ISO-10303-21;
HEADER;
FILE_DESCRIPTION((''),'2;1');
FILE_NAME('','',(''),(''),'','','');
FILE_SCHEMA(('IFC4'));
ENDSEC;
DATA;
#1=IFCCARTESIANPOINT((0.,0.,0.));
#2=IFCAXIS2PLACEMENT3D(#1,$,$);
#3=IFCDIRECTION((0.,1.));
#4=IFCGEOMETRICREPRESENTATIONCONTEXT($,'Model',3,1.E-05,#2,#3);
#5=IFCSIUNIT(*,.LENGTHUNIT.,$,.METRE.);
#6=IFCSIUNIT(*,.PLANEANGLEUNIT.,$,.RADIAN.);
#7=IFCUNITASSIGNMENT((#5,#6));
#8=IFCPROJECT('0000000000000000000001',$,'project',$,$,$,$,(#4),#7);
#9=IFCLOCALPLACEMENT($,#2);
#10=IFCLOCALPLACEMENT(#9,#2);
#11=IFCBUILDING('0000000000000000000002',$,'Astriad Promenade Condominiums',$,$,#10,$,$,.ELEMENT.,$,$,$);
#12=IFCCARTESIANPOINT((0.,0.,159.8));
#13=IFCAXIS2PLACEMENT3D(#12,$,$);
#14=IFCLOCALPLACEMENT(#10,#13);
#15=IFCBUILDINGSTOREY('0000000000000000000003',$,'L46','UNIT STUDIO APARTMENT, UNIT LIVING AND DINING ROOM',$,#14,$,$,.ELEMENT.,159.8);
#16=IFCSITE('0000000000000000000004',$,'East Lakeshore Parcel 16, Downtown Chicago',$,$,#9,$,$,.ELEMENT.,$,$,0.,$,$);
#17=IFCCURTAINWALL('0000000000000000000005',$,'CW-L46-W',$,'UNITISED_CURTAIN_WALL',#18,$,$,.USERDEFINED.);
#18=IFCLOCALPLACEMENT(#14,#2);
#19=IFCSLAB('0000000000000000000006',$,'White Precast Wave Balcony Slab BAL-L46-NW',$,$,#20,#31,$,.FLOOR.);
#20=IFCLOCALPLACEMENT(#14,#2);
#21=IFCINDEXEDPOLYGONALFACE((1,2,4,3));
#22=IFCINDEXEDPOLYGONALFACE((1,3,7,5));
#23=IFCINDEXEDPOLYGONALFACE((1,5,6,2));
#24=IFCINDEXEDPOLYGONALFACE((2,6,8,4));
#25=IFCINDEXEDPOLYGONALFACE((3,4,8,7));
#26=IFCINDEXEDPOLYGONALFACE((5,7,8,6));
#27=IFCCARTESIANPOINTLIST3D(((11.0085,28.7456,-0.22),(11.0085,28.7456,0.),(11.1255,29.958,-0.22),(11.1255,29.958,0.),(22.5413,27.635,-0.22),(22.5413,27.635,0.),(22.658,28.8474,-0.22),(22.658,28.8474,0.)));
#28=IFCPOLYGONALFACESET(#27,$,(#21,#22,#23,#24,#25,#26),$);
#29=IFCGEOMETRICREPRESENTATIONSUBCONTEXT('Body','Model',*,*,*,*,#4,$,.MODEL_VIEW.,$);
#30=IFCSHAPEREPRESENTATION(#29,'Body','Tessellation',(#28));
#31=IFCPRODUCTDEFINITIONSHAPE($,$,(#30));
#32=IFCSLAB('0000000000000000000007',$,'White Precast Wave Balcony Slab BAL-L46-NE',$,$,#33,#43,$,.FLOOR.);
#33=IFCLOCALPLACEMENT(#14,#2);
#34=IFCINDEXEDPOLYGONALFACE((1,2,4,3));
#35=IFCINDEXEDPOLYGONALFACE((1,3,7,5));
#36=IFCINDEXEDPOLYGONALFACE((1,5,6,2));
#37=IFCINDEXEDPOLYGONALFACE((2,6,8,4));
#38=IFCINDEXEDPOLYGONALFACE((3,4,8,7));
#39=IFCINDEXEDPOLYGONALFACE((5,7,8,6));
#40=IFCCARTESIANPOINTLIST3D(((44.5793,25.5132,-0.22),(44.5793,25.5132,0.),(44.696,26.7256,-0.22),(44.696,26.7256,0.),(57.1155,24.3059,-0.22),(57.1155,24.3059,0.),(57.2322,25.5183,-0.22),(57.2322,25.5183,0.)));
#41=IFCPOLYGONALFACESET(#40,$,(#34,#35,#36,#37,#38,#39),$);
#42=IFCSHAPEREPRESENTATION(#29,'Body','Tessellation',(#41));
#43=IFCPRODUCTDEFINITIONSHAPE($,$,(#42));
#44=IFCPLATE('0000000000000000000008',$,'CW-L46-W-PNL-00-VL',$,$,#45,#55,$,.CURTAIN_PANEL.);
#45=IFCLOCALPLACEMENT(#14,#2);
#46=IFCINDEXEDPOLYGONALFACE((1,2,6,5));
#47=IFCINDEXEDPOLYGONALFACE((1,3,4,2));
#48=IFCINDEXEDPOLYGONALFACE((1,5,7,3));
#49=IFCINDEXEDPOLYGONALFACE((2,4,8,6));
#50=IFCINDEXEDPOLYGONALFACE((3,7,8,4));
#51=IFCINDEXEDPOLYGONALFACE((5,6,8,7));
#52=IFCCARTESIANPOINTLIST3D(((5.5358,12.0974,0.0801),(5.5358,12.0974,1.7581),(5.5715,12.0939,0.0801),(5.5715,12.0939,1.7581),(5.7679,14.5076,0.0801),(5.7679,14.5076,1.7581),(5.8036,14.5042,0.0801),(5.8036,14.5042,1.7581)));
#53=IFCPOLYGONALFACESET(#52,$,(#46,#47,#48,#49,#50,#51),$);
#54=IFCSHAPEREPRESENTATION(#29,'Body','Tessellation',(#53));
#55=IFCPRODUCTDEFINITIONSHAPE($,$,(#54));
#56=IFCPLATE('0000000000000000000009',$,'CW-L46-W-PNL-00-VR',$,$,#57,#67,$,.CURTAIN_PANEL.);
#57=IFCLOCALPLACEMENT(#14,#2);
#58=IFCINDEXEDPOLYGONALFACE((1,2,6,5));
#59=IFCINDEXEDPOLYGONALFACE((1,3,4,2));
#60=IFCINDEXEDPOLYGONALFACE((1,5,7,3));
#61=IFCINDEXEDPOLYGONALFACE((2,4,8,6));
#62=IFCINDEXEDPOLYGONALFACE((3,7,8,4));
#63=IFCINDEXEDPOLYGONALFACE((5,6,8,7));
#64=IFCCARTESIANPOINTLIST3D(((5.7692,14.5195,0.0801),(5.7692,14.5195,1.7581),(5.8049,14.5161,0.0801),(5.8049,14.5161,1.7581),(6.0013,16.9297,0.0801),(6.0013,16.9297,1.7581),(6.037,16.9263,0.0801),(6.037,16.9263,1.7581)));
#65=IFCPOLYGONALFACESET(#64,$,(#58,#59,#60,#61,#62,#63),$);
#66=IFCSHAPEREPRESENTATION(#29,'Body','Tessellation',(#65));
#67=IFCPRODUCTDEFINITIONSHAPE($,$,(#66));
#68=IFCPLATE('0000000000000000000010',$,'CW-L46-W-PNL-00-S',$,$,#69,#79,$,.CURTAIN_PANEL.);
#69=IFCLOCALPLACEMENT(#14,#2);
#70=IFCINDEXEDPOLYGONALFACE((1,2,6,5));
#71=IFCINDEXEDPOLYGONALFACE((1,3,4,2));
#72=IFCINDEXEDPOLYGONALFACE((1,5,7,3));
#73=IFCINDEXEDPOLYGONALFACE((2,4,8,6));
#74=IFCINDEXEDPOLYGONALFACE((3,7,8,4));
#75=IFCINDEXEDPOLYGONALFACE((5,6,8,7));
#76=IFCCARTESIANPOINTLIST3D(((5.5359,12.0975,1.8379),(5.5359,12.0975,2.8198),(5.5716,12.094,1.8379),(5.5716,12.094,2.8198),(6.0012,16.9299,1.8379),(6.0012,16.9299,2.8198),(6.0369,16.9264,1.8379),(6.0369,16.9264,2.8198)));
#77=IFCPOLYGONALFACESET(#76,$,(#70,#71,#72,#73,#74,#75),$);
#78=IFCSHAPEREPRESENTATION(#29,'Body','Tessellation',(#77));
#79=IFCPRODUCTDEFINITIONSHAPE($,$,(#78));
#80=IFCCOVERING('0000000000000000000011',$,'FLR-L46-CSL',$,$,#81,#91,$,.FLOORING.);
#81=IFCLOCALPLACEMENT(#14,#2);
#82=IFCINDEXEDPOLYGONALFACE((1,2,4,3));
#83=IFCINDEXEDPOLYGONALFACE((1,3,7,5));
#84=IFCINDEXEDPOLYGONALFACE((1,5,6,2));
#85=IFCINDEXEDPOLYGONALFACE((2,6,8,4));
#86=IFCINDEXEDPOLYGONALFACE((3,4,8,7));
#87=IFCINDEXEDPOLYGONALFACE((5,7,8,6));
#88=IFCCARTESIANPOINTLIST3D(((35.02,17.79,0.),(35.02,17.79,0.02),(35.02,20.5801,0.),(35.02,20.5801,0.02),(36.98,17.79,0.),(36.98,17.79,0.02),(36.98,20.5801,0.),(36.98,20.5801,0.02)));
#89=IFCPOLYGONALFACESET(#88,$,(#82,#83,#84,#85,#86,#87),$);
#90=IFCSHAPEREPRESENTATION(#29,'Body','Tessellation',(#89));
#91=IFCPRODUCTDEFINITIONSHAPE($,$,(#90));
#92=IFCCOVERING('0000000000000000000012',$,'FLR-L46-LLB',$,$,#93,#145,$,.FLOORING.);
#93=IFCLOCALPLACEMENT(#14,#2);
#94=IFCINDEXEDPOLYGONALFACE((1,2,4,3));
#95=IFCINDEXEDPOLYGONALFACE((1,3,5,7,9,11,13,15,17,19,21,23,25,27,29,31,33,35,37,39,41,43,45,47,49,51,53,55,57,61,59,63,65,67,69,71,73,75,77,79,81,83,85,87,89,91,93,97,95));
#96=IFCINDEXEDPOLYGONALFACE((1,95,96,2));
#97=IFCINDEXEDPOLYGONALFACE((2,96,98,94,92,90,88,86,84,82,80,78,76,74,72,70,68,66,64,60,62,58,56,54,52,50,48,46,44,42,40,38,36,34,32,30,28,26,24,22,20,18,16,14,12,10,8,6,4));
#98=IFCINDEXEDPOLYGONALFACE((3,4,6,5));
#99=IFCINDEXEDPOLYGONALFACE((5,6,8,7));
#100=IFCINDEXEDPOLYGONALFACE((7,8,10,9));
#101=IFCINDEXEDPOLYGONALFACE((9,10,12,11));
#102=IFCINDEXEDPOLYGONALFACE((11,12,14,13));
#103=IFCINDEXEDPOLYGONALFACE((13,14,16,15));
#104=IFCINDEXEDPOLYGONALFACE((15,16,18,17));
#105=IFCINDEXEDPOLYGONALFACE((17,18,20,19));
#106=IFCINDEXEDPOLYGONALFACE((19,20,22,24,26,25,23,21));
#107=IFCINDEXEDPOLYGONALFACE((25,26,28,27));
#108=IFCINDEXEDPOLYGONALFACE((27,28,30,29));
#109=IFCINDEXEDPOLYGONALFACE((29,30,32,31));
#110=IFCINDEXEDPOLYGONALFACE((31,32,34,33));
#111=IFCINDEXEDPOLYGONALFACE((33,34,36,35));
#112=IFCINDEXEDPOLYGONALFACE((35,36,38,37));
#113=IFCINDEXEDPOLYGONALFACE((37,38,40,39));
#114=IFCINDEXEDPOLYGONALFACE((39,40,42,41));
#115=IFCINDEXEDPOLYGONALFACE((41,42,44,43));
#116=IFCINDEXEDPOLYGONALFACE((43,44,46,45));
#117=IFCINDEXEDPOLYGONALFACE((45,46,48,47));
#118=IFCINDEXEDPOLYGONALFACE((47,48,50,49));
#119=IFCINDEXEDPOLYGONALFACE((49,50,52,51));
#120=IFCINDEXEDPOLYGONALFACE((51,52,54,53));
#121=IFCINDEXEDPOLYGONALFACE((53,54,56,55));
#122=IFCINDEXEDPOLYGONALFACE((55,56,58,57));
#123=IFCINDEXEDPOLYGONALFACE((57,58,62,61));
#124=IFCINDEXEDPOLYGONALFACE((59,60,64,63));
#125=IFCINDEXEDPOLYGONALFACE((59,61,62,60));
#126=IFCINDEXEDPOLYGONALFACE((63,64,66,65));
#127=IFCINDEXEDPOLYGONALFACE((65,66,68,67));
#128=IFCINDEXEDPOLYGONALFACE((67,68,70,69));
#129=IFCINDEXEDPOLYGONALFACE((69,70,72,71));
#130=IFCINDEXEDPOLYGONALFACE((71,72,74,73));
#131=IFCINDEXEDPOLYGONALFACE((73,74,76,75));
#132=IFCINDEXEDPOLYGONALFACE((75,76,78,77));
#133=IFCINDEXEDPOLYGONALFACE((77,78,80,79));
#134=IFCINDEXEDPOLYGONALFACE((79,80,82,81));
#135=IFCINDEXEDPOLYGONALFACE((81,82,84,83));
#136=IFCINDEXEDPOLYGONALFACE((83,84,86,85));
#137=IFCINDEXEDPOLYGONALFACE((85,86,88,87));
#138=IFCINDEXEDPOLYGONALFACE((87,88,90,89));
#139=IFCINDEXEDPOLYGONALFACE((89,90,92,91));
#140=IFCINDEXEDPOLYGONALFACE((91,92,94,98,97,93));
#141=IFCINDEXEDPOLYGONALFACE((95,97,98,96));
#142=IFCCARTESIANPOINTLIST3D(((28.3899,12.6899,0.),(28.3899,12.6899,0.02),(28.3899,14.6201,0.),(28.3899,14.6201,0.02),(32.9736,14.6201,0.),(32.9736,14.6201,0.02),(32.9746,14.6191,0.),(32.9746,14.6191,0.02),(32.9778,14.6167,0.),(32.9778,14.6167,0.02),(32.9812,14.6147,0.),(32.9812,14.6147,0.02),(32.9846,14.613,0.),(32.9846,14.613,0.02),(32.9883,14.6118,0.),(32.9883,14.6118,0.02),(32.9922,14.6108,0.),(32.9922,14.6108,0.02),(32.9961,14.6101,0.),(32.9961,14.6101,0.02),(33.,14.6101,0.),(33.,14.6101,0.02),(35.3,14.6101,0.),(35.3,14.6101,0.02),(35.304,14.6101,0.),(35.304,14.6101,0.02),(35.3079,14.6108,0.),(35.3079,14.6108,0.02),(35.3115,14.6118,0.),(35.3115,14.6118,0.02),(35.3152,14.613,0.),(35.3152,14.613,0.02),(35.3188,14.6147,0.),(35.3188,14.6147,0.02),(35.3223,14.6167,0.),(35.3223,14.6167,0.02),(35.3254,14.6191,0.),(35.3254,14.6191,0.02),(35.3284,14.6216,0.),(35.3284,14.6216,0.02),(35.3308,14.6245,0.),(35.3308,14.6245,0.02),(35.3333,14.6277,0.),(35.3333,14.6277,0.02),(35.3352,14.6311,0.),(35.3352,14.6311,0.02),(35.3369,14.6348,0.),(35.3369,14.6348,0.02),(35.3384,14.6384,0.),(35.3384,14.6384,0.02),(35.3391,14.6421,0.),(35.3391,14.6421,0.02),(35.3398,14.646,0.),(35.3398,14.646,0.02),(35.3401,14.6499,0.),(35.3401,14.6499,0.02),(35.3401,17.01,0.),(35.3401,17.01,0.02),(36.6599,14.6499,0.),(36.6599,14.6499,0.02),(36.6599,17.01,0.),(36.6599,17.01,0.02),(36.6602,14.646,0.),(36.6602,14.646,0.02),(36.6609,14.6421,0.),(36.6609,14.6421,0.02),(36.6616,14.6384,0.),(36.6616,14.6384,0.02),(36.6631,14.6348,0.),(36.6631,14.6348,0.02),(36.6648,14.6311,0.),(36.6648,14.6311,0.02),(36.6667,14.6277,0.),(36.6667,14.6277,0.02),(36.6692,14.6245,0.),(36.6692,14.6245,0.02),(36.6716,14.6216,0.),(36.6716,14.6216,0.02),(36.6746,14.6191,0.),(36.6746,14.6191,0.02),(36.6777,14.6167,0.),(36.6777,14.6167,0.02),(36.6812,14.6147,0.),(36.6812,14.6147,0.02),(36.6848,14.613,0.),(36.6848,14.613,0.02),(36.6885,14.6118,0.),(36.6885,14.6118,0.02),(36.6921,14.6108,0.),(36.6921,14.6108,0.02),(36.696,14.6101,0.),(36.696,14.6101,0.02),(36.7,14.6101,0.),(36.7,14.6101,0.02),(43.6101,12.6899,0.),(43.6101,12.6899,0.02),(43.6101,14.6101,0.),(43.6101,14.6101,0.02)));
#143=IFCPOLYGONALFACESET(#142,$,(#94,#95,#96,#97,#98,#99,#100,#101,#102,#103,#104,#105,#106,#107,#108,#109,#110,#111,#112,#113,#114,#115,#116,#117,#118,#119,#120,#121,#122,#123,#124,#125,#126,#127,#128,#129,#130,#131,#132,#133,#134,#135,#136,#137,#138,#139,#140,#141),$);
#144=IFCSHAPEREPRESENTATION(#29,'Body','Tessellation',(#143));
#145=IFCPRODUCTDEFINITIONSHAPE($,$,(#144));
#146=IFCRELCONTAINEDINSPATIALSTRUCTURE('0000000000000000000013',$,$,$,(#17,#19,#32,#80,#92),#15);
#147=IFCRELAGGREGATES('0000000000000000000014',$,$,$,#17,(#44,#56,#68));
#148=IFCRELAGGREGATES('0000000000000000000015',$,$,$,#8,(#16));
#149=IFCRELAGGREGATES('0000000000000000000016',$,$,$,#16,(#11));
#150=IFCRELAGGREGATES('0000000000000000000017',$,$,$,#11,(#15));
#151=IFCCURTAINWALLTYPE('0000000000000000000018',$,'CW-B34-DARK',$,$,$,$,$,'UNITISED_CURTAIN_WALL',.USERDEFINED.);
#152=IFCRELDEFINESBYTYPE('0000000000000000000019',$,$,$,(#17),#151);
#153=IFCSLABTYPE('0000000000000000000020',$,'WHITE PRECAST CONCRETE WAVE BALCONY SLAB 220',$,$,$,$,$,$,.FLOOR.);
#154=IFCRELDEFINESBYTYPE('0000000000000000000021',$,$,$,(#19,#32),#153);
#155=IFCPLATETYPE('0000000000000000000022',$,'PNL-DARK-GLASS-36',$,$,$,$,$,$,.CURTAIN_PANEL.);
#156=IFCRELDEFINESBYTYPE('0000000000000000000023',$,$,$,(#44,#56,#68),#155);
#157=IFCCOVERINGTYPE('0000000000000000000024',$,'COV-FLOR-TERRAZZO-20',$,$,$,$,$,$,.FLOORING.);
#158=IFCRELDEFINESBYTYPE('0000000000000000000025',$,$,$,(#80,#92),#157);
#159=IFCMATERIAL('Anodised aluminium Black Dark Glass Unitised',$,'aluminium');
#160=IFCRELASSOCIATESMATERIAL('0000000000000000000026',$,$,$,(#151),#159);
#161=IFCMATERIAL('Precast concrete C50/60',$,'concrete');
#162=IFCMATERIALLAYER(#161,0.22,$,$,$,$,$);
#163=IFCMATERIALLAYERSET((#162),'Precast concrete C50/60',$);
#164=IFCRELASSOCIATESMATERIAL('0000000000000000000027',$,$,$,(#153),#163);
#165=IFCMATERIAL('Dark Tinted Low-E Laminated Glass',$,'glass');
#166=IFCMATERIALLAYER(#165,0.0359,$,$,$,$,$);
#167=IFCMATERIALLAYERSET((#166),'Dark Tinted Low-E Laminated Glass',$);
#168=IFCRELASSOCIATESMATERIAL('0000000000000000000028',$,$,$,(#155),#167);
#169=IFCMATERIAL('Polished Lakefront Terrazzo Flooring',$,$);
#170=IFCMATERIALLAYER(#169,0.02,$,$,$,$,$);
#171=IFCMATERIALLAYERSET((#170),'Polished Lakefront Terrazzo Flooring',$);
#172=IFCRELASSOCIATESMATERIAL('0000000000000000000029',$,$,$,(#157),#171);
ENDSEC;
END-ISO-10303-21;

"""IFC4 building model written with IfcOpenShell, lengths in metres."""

from ifc_helpers import new_model, si_unit, direction, frame, origin, origin_2d, place, context, subcontext, project, spatial, polyline, rectangle, outline, extrude, source, transform, mapped, material, layer, layer_set, type_object, type_shapes, element, aggregate, save


model = new_model("IFC4")

# Units and contexts
model_context = context("Model", 3, precision=1e-05, world=origin(), true_north=direction((0.0, 1.0)))
body_context = subcontext(model_context, "Body", "Model", "MODEL_VIEW")
ifc_project = project(units=[si_unit("LENGTHUNIT", "METRE"), si_unit("PLANEANGLEUNIT", "RADIAN")], contexts=[model_context])

# Site, building, storey
site_placement = place(None, origin())
site = spatial("IfcSite", under=ifc_project, at=site_placement, Name="East Lakeshore Parcel 16, Downtown Chicago", CompositionType="ELEMENT", RefElevation=0.0)
building_placement = place(site_placement, origin())
building = spatial("IfcBuilding", under=site, at=building_placement, Name="Astriad Promenade Condominiums", CompositionType="ELEMENT")
storey_placement = place(building_placement, frame((0.0, 0.0, 159.8)))
storey = spatial("IfcBuildingStorey", under=building, at=storey_placement, Name="L46", Description="UNIT STUDIO APARTMENT, UNIT LIVING AND DINING ROOM", CompositionType="ELEMENT", Elevation=159.8)

# Curtain wall
ifc_material_1 = material(Name="Anodised aluminium Black Dark Glass Unitised", Category="aluminium")
curtain_wall_type = type_object("IfcCurtainWallType", Name="CW-B34-DARK", ElementType="UNITISED_CURTAIN_WALL", PredefinedType="USERDEFINED", material=ifc_material_1)
curtain_wall_placement = place(storey_placement, origin())
curtain_wall = element("IfcCurtainWall", 1, at=curtain_wall_placement, inside=storey, type_object=curtain_wall_type, Name="CW-L46-W", ObjectType="UNITISED_CURTAIN_WALL", PredefinedType="USERDEFINED")

# Slabs
ifc_material_2 = material(Name="Precast concrete C50/60", Category="concrete")
ifc_layer_1 = layer(ifc_material_2, 0.22)
ifc_layer_set_1 = layer_set([ifc_layer_1], Name="Precast concrete C50/60")
slab_type_1 = type_object("IfcSlabType", Name="WHITE PRECAST CONCRETE WAVE BALCONY SLAB 220", PredefinedType="FLOOR", material=ifc_layer_set_1)
slab_1_placement = place(storey_placement, frame((0.0, 0.0, -0.22)))
element("IfcSlab", 2, at=slab_1_placement, inside=storey, type_object=slab_type_1, Name="White Precast Wave Balcony Slab BAL-L46-NW", PredefinedType="FLOOR", context=body_context, shape_type="SweptSolid", body=[
    extrude(outline(polyline([(11.1255, 29.958), (22.658, 28.8474), (22.5413, 27.635), (11.0085, 28.7456), (11.1255, 29.958)])), origin(), (0.0, 0.0, 1.0), 0.22),
])
slab_2_placement = place(storey_placement, frame((0.0, 0.0, -0.22)))
element("IfcSlab", 3, at=slab_2_placement, inside=storey, type_object=slab_type_1, Name="White Precast Wave Balcony Slab BAL-L46-NE", PredefinedType="FLOOR", context=body_context, shape_type="SweptSolid", body=[
    extrude(outline(polyline([(44.696, 26.7256), (57.2322, 25.5183), (57.1155, 24.3059), (44.5793, 25.5132), (44.696, 26.7256)])), origin(), (0.0, 0.0, 1.0), 0.22),
])

# Plates
ifc_material_3 = material(Name="Dark Tinted Low-E Laminated Glass", Category="glass")
ifc_layer_2 = layer(ifc_material_3, 0.0359)
ifc_layer_set_2 = layer_set([ifc_layer_2], Name="Dark Tinted Low-E Laminated Glass")
plate_type = type_object("IfcPlateType", Name="PNL-DARK-GLASS-36", PredefinedType="CURTAIN_PANEL", material=ifc_layer_set_2)
shared_shape_1 = source(origin(), body_context, "Body", "SweptSolid", [
    extrude(rectangle(XDim=2.4214, YDim=0.0359, at=origin_2d()), origin(), (0.0, 0.0, 1.0), 1.678),
])
plate_1_placement = place(storey_placement, frame((5.6697, 13.3008, 0.0801), z_axis=(0.0, 0.0, 1.0), x_axis=(0.095846, 0.995396, 0.0)))
plate_1 = element("IfcPlate", 4, at=plate_1_placement, type_object=plate_type, Name="CW-L46-W-PNL-00-VL", PredefinedType="CURTAIN_PANEL", context=body_context, shape_type="MappedRepresentation", body=[
    mapped(shared_shape_1, transform((0.0, 0.0, 0.0), scale=1.0)),
])
plate_2_placement = place(storey_placement, frame((5.9031, 15.7229, 0.0801), z_axis=(0.0, 0.0, 1.0), x_axis=(0.095846, 0.995396, 0.0)))
plate_2 = element("IfcPlate", 5, at=plate_2_placement, type_object=plate_type, Name="CW-L46-W-PNL-00-VR", PredefinedType="CURTAIN_PANEL", context=body_context, shape_type="MappedRepresentation", body=[
    mapped(shared_shape_1, transform((0.0, 0.0, 0.0), scale=1.0)),
])
shared_shape_2 = source(origin(), body_context, "Body", "SweptSolid", [
    extrude(rectangle(XDim=4.8547, YDim=0.0359, at=origin_2d()), origin(), (0.0, 0.0, 1.0), 0.9819),
])
type_shapes(plate_type, [shared_shape_1, shared_shape_2])
plate_3_placement = place(storey_placement, frame((5.7864, 14.512, 1.8379), z_axis=(0.0, 0.0, 1.0), x_axis=(0.095846, 0.995396, 0.0)))
plate_3 = element("IfcPlate", 6, at=plate_3_placement, type_object=plate_type, Name="CW-L46-W-PNL-00-S", PredefinedType="CURTAIN_PANEL", context=body_context, shape_type="MappedRepresentation", body=[
    mapped(shared_shape_2, transform((0.0, 0.0, 0.0), scale=1.0)),
])
aggregate(curtain_wall, [plate_1, plate_2, plate_3])

# Coverings
ifc_material_4 = material(Name="Polished Lakefront Terrazzo Flooring")
ifc_layer_3 = layer(ifc_material_4, 0.02)
ifc_layer_set_3 = layer_set([ifc_layer_3], Name="Polished Lakefront Terrazzo Flooring")
covering_type = type_object("IfcCoveringType", Name="COV-FLOR-TERRAZZO-20", PredefinedType="FLOORING", material=ifc_layer_set_3)
covering_1_placement = place(storey_placement, origin())
element("IfcCovering", 7, at=covering_1_placement, inside=storey, type_object=covering_type, Name="FLR-L46-CSL", PredefinedType="FLOORING", context=body_context, shape_type="SweptSolid", body=[
    extrude(outline(polyline([(36.98, 17.79), (35.02, 17.79), (35.02, 20.5801), (36.98, 20.5801), (36.98, 17.79)])), origin(), (0.0, 0.0, 1.0), 0.02),
])
covering_2_placement = place(storey_placement, origin())
element("IfcCovering", 8, at=covering_2_placement, inside=storey, type_object=covering_type, Name="FLR-L46-LLB", PredefinedType="FLOORING", context=body_context, shape_type="SweptSolid", body=[
    extrude(outline(polyline([(32.9736, 14.6201), (32.9746, 14.6191), (32.9778, 14.6167), (32.9812, 14.6147), (32.9846, 14.613), (32.9883, 14.6118), (32.9922, 14.6108), (32.9961, 14.6101), (33.0, 14.6101), (35.3, 14.6101), (35.304, 14.6101), (35.3079, 14.6108), (35.3115, 14.6118), (35.3152, 14.613), (35.3188, 14.6147), (35.3223, 14.6167), (35.3254, 14.6191), (35.3284, 14.6216), (35.3308, 14.6245), (35.3333, 14.6277), (35.3352, 14.6311), (35.3369, 14.6348), (35.3384, 14.6384), (35.3391, 14.6421), (35.3398, 14.646), (35.3401, 14.6499), (35.3401, 17.01), (36.6599, 17.01), (36.6599, 14.6499), (36.6602, 14.646), (36.6609, 14.6421), (36.6616, 14.6384), (36.6631, 14.6348), (36.6648, 14.6311), (36.6667, 14.6277), (36.6692, 14.6245), (36.6716, 14.6216), (36.6746, 14.6191), (36.6777, 14.6167), (36.6812, 14.6147), (36.6848, 14.613), (36.6885, 14.6118), (36.6921, 14.6108), (36.696, 14.6101), (36.7, 14.6101), (43.6101, 14.6101), (43.6101, 12.6899), (28.3899, 12.6899), (28.3899, 14.6201), (32.9736, 14.6201)])), origin(), (0.0, 0.0, 1.0), 0.02),
])

save(model, "model.ifc")
